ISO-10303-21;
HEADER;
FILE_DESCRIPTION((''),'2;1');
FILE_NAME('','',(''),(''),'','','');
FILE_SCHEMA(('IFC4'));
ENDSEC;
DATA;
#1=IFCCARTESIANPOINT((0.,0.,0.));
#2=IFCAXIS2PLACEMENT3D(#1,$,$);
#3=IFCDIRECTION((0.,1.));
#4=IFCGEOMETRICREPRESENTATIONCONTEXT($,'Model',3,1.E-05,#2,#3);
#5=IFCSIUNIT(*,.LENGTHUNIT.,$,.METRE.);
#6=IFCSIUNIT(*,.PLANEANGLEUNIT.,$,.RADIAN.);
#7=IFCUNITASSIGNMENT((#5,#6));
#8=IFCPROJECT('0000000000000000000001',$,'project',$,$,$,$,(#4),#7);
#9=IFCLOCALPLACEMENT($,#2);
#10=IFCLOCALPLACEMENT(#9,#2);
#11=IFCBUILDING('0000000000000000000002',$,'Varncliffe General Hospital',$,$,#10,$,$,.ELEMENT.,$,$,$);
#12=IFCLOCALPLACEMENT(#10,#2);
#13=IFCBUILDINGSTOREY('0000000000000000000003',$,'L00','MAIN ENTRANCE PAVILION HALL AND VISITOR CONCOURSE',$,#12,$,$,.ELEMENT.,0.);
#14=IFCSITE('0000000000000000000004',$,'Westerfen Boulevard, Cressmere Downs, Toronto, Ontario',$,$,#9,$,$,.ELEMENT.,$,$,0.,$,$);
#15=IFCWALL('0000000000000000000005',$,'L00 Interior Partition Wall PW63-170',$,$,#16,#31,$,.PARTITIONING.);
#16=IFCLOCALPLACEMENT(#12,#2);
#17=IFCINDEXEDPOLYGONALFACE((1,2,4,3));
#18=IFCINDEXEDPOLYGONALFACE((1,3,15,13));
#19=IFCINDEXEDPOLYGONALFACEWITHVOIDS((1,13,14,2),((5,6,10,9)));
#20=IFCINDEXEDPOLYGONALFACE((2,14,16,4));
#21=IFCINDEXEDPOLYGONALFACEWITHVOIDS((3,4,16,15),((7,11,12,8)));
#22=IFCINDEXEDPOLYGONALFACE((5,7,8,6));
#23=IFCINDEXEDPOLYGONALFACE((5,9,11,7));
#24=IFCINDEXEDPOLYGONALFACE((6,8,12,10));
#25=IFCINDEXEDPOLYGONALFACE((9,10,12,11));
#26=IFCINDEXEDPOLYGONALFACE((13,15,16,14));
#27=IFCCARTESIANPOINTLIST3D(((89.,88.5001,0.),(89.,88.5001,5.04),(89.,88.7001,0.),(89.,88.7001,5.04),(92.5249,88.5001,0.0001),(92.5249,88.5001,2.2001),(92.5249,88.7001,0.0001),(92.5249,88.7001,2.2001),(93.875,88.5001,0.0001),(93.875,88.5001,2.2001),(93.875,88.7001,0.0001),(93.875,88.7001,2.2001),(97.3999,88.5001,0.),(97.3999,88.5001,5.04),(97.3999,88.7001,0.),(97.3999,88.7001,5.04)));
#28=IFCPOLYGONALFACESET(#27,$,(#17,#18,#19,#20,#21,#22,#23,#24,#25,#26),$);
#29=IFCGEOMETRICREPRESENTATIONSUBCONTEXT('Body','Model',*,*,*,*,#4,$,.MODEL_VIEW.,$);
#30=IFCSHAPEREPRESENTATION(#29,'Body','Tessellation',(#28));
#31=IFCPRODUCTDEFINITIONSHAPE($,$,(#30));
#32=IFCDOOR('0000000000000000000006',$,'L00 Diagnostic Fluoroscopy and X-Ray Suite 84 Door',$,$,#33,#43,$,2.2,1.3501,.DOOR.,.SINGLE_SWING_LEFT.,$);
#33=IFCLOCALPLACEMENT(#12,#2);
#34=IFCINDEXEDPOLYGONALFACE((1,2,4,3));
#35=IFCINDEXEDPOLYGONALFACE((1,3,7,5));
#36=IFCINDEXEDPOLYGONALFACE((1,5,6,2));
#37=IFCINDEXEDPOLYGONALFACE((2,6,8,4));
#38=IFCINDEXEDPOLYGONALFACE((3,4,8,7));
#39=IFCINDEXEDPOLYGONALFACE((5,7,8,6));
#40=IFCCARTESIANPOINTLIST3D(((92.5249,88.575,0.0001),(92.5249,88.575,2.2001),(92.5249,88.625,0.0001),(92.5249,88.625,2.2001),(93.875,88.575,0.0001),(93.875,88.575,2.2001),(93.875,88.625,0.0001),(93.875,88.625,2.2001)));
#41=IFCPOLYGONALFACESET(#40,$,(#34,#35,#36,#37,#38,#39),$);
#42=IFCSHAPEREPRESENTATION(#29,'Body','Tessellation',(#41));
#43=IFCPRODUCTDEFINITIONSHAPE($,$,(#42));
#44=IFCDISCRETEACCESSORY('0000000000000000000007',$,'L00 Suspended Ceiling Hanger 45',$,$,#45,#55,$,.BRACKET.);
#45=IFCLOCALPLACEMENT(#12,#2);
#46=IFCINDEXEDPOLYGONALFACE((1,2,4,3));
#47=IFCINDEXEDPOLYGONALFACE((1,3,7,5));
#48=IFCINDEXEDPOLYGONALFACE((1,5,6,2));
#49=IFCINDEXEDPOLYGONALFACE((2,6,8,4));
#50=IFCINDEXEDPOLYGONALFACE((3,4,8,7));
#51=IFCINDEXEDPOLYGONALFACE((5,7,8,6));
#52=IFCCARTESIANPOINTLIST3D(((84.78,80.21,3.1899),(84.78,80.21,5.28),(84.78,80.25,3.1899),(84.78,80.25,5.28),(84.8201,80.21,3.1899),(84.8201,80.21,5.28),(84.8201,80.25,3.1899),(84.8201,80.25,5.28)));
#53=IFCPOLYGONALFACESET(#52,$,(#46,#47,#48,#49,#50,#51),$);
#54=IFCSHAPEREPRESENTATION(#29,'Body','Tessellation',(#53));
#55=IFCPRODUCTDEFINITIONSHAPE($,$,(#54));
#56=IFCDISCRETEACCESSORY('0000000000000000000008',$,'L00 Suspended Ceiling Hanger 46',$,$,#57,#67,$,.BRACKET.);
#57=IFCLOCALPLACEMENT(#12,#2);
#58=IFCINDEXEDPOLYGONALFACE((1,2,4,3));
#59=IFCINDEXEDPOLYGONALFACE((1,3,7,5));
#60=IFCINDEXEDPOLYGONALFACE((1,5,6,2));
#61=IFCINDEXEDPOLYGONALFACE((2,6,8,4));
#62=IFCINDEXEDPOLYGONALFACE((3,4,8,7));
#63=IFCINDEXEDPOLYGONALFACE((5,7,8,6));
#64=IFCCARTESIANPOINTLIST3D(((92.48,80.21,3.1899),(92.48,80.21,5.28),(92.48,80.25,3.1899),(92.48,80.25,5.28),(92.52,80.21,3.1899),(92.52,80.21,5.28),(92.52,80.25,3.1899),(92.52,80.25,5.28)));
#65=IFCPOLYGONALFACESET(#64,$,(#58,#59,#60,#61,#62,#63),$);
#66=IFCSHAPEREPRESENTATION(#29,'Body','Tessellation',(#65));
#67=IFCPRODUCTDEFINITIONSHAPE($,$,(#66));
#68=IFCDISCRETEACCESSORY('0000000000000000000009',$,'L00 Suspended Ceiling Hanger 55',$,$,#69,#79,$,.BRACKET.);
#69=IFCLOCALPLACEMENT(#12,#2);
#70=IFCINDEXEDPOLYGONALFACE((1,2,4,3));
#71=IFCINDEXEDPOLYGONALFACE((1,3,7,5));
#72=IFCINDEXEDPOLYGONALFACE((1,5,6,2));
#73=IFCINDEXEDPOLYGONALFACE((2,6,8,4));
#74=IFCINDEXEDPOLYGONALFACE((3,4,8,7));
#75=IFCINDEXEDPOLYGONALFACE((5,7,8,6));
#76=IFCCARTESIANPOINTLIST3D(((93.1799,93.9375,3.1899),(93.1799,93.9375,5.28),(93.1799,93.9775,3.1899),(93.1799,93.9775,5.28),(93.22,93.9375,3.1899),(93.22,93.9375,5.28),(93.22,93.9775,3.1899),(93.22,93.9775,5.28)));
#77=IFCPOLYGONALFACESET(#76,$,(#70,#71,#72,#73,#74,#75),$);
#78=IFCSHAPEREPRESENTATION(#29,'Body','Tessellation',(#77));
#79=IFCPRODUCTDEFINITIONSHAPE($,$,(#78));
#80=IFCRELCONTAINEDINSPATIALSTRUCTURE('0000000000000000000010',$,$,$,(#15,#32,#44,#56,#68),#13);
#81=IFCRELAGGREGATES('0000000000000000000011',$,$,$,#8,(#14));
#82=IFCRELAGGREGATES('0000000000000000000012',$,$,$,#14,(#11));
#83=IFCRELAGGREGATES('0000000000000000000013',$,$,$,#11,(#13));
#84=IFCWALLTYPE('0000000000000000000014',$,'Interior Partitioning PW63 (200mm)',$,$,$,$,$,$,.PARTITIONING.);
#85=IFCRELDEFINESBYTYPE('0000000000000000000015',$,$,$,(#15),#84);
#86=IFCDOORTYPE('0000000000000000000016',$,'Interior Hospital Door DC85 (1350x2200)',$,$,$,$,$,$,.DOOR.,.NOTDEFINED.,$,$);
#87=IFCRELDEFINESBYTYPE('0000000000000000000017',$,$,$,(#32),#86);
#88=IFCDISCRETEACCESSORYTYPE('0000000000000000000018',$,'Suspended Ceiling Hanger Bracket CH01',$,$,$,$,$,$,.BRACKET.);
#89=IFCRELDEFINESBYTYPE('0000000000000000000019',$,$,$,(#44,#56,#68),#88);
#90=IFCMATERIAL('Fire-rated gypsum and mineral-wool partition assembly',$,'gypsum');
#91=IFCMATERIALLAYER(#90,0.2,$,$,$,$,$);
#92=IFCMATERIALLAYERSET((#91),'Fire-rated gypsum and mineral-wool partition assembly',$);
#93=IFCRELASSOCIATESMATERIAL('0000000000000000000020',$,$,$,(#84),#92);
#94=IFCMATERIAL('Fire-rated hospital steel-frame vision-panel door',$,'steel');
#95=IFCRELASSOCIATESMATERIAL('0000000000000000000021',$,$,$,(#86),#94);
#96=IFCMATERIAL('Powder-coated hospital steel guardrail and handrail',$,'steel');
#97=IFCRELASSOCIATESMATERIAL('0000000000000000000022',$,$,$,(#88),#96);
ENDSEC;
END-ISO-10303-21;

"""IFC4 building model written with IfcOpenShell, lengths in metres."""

from ifc_helpers import new_model, si_unit, direction, frame, frame_2d, origin, origin_2d, place, context, subcontext, project, spatial, rectangle, extrude, material, layer, layer_set, type_object, element, fill, save


model = new_model("IFC4")

# Units and contexts
model_context = context("Model", 3, precision=1e-05, world=origin(), true_north=direction((0.0, 1.0)))
body_context = subcontext(model_context, "Body", "Model", "MODEL_VIEW")
ifc_project = project(units=[si_unit("LENGTHUNIT", "METRE"), si_unit("PLANEANGLEUNIT", "RADIAN")], contexts=[model_context])

# Site, building, storey
site_placement = place(None, origin())
site = spatial("IfcSite", under=ifc_project, at=site_placement, Name="Westerfen Boulevard, Cressmere Downs, Toronto, Ontario", CompositionType="ELEMENT", RefElevation=0.0)
building_placement = place(site_placement, origin())
building = spatial("IfcBuilding", under=site, at=building_placement, Name="Varncliffe General Hospital", CompositionType="ELEMENT")
storey_placement = place(building_placement, origin())
storey = spatial("IfcBuildingStorey", under=building, at=storey_placement, Name="L00", Description="MAIN ENTRANCE PAVILION HALL AND VISITOR CONCOURSE", CompositionType="ELEMENT", Elevation=0.0)

# Shared definitions
ifc_material_1 = material(Name="Fire-rated gypsum and mineral-wool partition assembly", Category="gypsum")
ifc_material_2 = material(Name="Fire-rated hospital steel-frame vision-panel door", Category="steel")

# Wall, opening, door
ifc_layer_1 = layer(ifc_material_1, 0.2)
ifc_layer_set_1 = layer_set([ifc_layer_1], Name="Fire-rated gypsum and mineral-wool partition assembly")
wall_type_1 = type_object("IfcWallType", Name="Interior Partitioning PW63 (200mm)", PredefinedType="PARTITIONING", material=ifc_layer_set_1)
wall_1_placement = place(storey_placement, frame((89.0, 88.6001, 0.0), z_axis=(0.0, 0.0, 1.0), x_axis=(1.0, 0.0, 0.0)))
wall_1 = element("IfcWall", 1, at=wall_1_placement, inside=storey, type_object=wall_type_1, Name="L00 Interior Partition Wall PW63-170", PredefinedType="PARTITIONING", context=body_context, shape_type="SweptSolid", body=[
    extrude(rectangle(XDim=8.3999, YDim=0.2, at=frame_2d((4.2, 0.0))), origin(), (0.0, 0.0, 1.0), 5.04),
])
opening_1_placement = place(wall_1_placement, frame((3.5249, 0.0, 0.0)))
opening_1 = element("IfcOpeningElement", 2, at=opening_1_placement, cuts=wall_1, PredefinedType="OPENING", context=body_context, shape_type="SweptSolid", body=[
    extrude(rectangle(XDim=1.3501, YDim=2.2, at=frame_2d((0.675, 1.1001))), frame((0.0, 0.1099, 0.0), z_axis=(0.0, -1.0, 0.0), x_axis=(1.0, 0.0, 0.0)), (0.0, 0.0, 1.0), 0.22),
])
door_type_1 = type_object("IfcDoorType", Name="Interior Hospital Door DC85 (1350x2200)", OperationType="NOTDEFINED", PredefinedType="DOOR", material=ifc_material_2)
door_1_placement = place(opening_1_placement, origin())
door_1 = element("IfcDoor", 3, at=door_1_placement, inside=storey, type_object=door_type_1, Name="L00 Diagnostic Fluoroscopy and X-Ray Suite 84 Door", OperationType="SINGLE_SWING_LEFT", OverallHeight=2.2, OverallWidth=1.3501, PredefinedType="DOOR", context=body_context, shape_type="SweptSolid", body=[
    extrude(rectangle(XDim=1.3501, YDim=2.2, at=frame_2d((0.675, 1.1001))), frame((0.0, 0.0249, 0.0), z_axis=(0.0, -1.0, 0.0), x_axis=(1.0, 0.0, 0.0)), (0.0, 0.0, 1.0), 0.05),
])
fill(opening_1, door_1)

# Discrete accessories
ifc_material_3 = material(Name="Powder-coated hospital steel guardrail and handrail", Category="steel")
discrete_accessory_type = type_object("IfcDiscreteAccessoryType", Name="Suspended Ceiling Hanger Bracket CH01", PredefinedType="BRACKET", material=ifc_material_3)
for number, where, z_axis, x_axis, name in (
    (4, (84.8, 80.23, 3.1899), (0.0, 0.0, 1.0), (1.0, 0.0, 0.0), "L00 Suspended Ceiling Hanger 45"),
    (5, (92.5, 80.23, 3.1899), (0.0, 0.0, 1.0), (1.0, 0.0, 0.0), "L00 Suspended Ceiling Hanger 46"),
    (6, (93.2, 93.9575, 3.1899), (0.0, 0.0, 1.0), (1.0, 0.0, 0.0), "L00 Suspended Ceiling Hanger 55"),
):
    element("IfcDiscreteAccessory", number, at=place(storey_placement, frame(where, z_axis=z_axis, x_axis=x_axis)), inside=storey, type_object=discrete_accessory_type, Name=name, PredefinedType="BRACKET", context=body_context, shape_type="SweptSolid", body=[
        extrude(rectangle(XDim=0.04, YDim=0.04, at=origin_2d()), origin(), (0.0, 0.0, 1.0), 2.0901),
    ])

save(model, "model.ifc")
